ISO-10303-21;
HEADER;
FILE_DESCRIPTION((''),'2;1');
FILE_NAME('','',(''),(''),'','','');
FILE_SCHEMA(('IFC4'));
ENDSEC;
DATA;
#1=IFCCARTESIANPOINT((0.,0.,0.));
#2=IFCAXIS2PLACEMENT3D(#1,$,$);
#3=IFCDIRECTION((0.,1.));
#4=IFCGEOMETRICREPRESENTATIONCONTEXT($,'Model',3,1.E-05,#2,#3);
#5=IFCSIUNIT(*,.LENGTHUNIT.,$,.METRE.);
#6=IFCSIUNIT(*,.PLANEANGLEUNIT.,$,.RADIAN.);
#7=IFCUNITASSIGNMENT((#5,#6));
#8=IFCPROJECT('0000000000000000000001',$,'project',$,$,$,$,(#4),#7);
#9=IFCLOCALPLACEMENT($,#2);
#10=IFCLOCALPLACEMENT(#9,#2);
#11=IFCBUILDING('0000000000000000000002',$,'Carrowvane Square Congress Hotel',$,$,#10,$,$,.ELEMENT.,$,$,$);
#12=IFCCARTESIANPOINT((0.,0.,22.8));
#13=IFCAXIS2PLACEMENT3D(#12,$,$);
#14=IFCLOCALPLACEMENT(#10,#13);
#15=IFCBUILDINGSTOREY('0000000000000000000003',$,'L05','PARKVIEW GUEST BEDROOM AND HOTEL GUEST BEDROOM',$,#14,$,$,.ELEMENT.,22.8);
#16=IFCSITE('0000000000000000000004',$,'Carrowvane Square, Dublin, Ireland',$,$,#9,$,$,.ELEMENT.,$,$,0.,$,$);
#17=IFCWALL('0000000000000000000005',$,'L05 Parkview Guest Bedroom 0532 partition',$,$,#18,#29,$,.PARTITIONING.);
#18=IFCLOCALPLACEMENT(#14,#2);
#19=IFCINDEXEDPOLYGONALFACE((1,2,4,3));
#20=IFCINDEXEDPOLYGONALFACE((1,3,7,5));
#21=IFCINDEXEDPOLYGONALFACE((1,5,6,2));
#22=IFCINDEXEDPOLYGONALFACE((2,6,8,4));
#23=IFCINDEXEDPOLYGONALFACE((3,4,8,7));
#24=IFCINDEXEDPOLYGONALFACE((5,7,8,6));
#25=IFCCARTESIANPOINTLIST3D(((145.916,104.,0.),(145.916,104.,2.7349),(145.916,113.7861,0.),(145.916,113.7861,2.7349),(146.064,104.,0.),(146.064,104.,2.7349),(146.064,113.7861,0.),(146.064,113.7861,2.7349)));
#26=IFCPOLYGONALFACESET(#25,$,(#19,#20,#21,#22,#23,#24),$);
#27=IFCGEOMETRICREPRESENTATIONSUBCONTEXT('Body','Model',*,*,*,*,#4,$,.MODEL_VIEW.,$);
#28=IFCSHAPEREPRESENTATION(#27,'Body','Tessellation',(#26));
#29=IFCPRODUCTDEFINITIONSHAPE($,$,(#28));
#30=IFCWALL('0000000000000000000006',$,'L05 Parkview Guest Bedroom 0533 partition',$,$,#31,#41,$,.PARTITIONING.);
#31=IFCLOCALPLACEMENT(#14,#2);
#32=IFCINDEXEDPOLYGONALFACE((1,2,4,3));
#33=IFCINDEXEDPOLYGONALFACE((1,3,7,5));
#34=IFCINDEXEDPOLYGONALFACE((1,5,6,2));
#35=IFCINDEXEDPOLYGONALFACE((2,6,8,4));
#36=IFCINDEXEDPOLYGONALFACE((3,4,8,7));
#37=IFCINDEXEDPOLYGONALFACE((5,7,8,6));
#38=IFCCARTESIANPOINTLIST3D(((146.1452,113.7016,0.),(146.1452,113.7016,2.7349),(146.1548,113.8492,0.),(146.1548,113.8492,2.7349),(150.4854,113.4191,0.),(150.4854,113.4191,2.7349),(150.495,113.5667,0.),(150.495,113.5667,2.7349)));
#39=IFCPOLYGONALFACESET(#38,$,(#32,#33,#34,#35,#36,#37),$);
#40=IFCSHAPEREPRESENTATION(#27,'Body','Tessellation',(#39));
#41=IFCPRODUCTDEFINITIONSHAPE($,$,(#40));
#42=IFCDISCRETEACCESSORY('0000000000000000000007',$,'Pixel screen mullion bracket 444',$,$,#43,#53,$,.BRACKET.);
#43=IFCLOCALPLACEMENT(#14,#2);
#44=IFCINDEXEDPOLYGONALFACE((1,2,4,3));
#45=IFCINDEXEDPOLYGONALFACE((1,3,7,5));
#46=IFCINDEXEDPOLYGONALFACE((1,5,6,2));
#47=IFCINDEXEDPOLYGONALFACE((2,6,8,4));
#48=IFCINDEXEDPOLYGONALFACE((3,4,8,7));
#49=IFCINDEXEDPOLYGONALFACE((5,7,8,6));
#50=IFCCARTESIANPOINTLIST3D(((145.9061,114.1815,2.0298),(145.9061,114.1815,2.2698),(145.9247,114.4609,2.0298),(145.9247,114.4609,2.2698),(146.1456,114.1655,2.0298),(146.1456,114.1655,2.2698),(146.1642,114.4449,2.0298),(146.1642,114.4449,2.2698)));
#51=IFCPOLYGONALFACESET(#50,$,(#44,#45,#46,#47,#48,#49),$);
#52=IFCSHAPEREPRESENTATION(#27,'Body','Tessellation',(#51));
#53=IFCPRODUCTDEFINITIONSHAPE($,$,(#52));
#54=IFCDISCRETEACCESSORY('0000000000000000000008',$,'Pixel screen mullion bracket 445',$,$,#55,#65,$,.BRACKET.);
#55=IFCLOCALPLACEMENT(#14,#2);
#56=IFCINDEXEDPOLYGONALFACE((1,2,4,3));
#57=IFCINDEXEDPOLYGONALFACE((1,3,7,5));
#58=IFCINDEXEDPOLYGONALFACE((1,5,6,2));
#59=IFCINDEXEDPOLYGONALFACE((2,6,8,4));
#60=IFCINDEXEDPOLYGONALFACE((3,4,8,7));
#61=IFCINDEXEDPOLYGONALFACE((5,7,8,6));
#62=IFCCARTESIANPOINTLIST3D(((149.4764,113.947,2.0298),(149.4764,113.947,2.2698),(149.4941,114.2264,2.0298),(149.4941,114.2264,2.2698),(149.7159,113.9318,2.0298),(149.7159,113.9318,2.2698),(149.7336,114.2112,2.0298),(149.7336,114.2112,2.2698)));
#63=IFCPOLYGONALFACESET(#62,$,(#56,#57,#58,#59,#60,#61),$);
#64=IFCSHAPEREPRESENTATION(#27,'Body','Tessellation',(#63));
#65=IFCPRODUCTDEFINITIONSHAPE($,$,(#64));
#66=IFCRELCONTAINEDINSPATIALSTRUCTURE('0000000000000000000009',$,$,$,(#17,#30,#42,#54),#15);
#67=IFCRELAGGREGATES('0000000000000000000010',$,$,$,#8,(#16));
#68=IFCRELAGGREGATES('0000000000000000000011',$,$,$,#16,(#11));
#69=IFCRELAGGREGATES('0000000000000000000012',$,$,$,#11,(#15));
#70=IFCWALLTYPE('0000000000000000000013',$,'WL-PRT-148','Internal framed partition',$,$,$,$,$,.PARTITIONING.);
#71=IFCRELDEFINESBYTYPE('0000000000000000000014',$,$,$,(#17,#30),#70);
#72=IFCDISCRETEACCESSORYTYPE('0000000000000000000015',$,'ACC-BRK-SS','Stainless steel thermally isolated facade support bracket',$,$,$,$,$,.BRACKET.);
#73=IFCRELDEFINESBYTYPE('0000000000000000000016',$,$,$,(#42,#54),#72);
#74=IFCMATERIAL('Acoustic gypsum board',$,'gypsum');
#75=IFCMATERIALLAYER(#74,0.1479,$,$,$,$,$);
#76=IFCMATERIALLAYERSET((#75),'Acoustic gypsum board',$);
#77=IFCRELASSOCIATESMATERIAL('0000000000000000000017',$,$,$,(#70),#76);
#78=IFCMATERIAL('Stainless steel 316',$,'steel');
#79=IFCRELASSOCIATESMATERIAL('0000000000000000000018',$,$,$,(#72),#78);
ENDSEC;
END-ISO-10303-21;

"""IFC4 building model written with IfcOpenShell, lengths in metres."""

from ifc_helpers import new_model, si_unit, direction, frame, frame_2d, origin, origin_2d, place, context, subcontext, project, spatial, rectangle, extrude, material, layer, layer_set, type_object, element, save


model = new_model("IFC4")

# Units and contexts
model_context = context("Model", 3, precision=1e-05, world=origin(), true_north=direction((0.0, 1.0)))
body_context = subcontext(model_context, "Body", "Model", "MODEL_VIEW")
ifc_project = project(units=[si_unit("LENGTHUNIT", "METRE"), si_unit("PLANEANGLEUNIT", "RADIAN")], contexts=[model_context])

# Site, building, storey
site_placement = place(None, origin())
site = spatial("IfcSite", under=ifc_project, at=site_placement, Name="Carrowvane Square, Dublin, Ireland", CompositionType="ELEMENT", RefElevation=0.0)
building_placement = place(site_placement, origin())
building = spatial("IfcBuilding", under=site, at=building_placement, Name="Carrowvane Square Congress Hotel", CompositionType="ELEMENT")
storey_placement = place(building_placement, frame((0.0, 0.0, 22.8)))
storey = spatial("IfcBuildingStorey", under=building, at=storey_placement, Name="L05", Description="PARKVIEW GUEST BEDROOM AND HOTEL GUEST BEDROOM", CompositionType="ELEMENT", Elevation=22.8)

# Walls
ifc_material_1 = material(Name="Acoustic gypsum board", Category="gypsum")
ifc_layer_1 = layer(ifc_material_1, 0.1479)
ifc_layer_set_1 = layer_set([ifc_layer_1], Name="Acoustic gypsum board")
wall_type_1 = type_object("IfcWallType", Name="WL-PRT-148", Description="Internal framed partition", PredefinedType="PARTITIONING", material=ifc_layer_set_1)
wall_1_placement = place(storey_placement, frame((145.99, 113.7861, 0.0), z_axis=(0.0, 0.0, 1.0), x_axis=(0.0, -1.0, 0.0)))
element("IfcWall", 1, at=wall_1_placement, inside=storey, type_object=wall_type_1, Name="L05 Parkview Guest Bedroom 0532 partition", PredefinedType="PARTITIONING", context=body_context, shape_type="SweptSolid", body=[
    extrude(rectangle(XDim=9.7861, YDim=0.1479, at=frame_2d((4.8931, 0.0))), origin(), (0.0, 0.0, 1.0), 2.7349),
])
wall_2_placement = place(storey_placement, frame((146.1499, 113.7754, 0.0), z_axis=(0.0, 0.0, 1.0), x_axis=(0.997889, -0.064947, 0.0)))
element("IfcWall", 2, at=wall_2_placement, inside=storey, type_object=wall_type_1, Name="L05 Parkview Guest Bedroom 0533 partition", PredefinedType="PARTITIONING", context=body_context, shape_type="SweptSolid", body=[
    extrude(rectangle(XDim=4.3494, YDim=0.1479, at=frame_2d((2.1748, 0.0))), origin(), (0.0, 0.0, 1.0), 2.7349),
])

# Discrete accessories
ifc_material_2 = material(Name="Stainless steel 316", Category="steel")
discrete_accessory_type = type_object("IfcDiscreteAccessoryType", Name="ACC-BRK-SS", Description="Stainless steel thermally isolated facade support bracket", PredefinedType="BRACKET", material=ifc_material_2)
for number, where, z_axis, x_axis, name in (
    (3, (146.0352, 114.3132, 2.0298), (0.0, 0.0, 1.0), (0.997781, -0.066574, 0.0), "Pixel screen mullion bracket 444"),
    (4, (149.605, 114.0791, 2.0298), (0.0, 0.0, 1.0), (0.997996, -0.063277, 0.0), "Pixel screen mullion bracket 445"),
):
    element("IfcDiscreteAccessory", number, at=place(storey_placement, frame(where, z_axis=z_axis, x_axis=x_axis)), inside=storey, type_object=discrete_accessory_type, Name=name, PredefinedType="BRACKET", context=body_context, shape_type="SweptSolid", body=[
        extrude(rectangle(XDim=0.24, YDim=0.28, at=origin_2d()), origin(), (0.0, 0.0, 1.0), 0.24),
    ])

save(model, "model.ifc")
